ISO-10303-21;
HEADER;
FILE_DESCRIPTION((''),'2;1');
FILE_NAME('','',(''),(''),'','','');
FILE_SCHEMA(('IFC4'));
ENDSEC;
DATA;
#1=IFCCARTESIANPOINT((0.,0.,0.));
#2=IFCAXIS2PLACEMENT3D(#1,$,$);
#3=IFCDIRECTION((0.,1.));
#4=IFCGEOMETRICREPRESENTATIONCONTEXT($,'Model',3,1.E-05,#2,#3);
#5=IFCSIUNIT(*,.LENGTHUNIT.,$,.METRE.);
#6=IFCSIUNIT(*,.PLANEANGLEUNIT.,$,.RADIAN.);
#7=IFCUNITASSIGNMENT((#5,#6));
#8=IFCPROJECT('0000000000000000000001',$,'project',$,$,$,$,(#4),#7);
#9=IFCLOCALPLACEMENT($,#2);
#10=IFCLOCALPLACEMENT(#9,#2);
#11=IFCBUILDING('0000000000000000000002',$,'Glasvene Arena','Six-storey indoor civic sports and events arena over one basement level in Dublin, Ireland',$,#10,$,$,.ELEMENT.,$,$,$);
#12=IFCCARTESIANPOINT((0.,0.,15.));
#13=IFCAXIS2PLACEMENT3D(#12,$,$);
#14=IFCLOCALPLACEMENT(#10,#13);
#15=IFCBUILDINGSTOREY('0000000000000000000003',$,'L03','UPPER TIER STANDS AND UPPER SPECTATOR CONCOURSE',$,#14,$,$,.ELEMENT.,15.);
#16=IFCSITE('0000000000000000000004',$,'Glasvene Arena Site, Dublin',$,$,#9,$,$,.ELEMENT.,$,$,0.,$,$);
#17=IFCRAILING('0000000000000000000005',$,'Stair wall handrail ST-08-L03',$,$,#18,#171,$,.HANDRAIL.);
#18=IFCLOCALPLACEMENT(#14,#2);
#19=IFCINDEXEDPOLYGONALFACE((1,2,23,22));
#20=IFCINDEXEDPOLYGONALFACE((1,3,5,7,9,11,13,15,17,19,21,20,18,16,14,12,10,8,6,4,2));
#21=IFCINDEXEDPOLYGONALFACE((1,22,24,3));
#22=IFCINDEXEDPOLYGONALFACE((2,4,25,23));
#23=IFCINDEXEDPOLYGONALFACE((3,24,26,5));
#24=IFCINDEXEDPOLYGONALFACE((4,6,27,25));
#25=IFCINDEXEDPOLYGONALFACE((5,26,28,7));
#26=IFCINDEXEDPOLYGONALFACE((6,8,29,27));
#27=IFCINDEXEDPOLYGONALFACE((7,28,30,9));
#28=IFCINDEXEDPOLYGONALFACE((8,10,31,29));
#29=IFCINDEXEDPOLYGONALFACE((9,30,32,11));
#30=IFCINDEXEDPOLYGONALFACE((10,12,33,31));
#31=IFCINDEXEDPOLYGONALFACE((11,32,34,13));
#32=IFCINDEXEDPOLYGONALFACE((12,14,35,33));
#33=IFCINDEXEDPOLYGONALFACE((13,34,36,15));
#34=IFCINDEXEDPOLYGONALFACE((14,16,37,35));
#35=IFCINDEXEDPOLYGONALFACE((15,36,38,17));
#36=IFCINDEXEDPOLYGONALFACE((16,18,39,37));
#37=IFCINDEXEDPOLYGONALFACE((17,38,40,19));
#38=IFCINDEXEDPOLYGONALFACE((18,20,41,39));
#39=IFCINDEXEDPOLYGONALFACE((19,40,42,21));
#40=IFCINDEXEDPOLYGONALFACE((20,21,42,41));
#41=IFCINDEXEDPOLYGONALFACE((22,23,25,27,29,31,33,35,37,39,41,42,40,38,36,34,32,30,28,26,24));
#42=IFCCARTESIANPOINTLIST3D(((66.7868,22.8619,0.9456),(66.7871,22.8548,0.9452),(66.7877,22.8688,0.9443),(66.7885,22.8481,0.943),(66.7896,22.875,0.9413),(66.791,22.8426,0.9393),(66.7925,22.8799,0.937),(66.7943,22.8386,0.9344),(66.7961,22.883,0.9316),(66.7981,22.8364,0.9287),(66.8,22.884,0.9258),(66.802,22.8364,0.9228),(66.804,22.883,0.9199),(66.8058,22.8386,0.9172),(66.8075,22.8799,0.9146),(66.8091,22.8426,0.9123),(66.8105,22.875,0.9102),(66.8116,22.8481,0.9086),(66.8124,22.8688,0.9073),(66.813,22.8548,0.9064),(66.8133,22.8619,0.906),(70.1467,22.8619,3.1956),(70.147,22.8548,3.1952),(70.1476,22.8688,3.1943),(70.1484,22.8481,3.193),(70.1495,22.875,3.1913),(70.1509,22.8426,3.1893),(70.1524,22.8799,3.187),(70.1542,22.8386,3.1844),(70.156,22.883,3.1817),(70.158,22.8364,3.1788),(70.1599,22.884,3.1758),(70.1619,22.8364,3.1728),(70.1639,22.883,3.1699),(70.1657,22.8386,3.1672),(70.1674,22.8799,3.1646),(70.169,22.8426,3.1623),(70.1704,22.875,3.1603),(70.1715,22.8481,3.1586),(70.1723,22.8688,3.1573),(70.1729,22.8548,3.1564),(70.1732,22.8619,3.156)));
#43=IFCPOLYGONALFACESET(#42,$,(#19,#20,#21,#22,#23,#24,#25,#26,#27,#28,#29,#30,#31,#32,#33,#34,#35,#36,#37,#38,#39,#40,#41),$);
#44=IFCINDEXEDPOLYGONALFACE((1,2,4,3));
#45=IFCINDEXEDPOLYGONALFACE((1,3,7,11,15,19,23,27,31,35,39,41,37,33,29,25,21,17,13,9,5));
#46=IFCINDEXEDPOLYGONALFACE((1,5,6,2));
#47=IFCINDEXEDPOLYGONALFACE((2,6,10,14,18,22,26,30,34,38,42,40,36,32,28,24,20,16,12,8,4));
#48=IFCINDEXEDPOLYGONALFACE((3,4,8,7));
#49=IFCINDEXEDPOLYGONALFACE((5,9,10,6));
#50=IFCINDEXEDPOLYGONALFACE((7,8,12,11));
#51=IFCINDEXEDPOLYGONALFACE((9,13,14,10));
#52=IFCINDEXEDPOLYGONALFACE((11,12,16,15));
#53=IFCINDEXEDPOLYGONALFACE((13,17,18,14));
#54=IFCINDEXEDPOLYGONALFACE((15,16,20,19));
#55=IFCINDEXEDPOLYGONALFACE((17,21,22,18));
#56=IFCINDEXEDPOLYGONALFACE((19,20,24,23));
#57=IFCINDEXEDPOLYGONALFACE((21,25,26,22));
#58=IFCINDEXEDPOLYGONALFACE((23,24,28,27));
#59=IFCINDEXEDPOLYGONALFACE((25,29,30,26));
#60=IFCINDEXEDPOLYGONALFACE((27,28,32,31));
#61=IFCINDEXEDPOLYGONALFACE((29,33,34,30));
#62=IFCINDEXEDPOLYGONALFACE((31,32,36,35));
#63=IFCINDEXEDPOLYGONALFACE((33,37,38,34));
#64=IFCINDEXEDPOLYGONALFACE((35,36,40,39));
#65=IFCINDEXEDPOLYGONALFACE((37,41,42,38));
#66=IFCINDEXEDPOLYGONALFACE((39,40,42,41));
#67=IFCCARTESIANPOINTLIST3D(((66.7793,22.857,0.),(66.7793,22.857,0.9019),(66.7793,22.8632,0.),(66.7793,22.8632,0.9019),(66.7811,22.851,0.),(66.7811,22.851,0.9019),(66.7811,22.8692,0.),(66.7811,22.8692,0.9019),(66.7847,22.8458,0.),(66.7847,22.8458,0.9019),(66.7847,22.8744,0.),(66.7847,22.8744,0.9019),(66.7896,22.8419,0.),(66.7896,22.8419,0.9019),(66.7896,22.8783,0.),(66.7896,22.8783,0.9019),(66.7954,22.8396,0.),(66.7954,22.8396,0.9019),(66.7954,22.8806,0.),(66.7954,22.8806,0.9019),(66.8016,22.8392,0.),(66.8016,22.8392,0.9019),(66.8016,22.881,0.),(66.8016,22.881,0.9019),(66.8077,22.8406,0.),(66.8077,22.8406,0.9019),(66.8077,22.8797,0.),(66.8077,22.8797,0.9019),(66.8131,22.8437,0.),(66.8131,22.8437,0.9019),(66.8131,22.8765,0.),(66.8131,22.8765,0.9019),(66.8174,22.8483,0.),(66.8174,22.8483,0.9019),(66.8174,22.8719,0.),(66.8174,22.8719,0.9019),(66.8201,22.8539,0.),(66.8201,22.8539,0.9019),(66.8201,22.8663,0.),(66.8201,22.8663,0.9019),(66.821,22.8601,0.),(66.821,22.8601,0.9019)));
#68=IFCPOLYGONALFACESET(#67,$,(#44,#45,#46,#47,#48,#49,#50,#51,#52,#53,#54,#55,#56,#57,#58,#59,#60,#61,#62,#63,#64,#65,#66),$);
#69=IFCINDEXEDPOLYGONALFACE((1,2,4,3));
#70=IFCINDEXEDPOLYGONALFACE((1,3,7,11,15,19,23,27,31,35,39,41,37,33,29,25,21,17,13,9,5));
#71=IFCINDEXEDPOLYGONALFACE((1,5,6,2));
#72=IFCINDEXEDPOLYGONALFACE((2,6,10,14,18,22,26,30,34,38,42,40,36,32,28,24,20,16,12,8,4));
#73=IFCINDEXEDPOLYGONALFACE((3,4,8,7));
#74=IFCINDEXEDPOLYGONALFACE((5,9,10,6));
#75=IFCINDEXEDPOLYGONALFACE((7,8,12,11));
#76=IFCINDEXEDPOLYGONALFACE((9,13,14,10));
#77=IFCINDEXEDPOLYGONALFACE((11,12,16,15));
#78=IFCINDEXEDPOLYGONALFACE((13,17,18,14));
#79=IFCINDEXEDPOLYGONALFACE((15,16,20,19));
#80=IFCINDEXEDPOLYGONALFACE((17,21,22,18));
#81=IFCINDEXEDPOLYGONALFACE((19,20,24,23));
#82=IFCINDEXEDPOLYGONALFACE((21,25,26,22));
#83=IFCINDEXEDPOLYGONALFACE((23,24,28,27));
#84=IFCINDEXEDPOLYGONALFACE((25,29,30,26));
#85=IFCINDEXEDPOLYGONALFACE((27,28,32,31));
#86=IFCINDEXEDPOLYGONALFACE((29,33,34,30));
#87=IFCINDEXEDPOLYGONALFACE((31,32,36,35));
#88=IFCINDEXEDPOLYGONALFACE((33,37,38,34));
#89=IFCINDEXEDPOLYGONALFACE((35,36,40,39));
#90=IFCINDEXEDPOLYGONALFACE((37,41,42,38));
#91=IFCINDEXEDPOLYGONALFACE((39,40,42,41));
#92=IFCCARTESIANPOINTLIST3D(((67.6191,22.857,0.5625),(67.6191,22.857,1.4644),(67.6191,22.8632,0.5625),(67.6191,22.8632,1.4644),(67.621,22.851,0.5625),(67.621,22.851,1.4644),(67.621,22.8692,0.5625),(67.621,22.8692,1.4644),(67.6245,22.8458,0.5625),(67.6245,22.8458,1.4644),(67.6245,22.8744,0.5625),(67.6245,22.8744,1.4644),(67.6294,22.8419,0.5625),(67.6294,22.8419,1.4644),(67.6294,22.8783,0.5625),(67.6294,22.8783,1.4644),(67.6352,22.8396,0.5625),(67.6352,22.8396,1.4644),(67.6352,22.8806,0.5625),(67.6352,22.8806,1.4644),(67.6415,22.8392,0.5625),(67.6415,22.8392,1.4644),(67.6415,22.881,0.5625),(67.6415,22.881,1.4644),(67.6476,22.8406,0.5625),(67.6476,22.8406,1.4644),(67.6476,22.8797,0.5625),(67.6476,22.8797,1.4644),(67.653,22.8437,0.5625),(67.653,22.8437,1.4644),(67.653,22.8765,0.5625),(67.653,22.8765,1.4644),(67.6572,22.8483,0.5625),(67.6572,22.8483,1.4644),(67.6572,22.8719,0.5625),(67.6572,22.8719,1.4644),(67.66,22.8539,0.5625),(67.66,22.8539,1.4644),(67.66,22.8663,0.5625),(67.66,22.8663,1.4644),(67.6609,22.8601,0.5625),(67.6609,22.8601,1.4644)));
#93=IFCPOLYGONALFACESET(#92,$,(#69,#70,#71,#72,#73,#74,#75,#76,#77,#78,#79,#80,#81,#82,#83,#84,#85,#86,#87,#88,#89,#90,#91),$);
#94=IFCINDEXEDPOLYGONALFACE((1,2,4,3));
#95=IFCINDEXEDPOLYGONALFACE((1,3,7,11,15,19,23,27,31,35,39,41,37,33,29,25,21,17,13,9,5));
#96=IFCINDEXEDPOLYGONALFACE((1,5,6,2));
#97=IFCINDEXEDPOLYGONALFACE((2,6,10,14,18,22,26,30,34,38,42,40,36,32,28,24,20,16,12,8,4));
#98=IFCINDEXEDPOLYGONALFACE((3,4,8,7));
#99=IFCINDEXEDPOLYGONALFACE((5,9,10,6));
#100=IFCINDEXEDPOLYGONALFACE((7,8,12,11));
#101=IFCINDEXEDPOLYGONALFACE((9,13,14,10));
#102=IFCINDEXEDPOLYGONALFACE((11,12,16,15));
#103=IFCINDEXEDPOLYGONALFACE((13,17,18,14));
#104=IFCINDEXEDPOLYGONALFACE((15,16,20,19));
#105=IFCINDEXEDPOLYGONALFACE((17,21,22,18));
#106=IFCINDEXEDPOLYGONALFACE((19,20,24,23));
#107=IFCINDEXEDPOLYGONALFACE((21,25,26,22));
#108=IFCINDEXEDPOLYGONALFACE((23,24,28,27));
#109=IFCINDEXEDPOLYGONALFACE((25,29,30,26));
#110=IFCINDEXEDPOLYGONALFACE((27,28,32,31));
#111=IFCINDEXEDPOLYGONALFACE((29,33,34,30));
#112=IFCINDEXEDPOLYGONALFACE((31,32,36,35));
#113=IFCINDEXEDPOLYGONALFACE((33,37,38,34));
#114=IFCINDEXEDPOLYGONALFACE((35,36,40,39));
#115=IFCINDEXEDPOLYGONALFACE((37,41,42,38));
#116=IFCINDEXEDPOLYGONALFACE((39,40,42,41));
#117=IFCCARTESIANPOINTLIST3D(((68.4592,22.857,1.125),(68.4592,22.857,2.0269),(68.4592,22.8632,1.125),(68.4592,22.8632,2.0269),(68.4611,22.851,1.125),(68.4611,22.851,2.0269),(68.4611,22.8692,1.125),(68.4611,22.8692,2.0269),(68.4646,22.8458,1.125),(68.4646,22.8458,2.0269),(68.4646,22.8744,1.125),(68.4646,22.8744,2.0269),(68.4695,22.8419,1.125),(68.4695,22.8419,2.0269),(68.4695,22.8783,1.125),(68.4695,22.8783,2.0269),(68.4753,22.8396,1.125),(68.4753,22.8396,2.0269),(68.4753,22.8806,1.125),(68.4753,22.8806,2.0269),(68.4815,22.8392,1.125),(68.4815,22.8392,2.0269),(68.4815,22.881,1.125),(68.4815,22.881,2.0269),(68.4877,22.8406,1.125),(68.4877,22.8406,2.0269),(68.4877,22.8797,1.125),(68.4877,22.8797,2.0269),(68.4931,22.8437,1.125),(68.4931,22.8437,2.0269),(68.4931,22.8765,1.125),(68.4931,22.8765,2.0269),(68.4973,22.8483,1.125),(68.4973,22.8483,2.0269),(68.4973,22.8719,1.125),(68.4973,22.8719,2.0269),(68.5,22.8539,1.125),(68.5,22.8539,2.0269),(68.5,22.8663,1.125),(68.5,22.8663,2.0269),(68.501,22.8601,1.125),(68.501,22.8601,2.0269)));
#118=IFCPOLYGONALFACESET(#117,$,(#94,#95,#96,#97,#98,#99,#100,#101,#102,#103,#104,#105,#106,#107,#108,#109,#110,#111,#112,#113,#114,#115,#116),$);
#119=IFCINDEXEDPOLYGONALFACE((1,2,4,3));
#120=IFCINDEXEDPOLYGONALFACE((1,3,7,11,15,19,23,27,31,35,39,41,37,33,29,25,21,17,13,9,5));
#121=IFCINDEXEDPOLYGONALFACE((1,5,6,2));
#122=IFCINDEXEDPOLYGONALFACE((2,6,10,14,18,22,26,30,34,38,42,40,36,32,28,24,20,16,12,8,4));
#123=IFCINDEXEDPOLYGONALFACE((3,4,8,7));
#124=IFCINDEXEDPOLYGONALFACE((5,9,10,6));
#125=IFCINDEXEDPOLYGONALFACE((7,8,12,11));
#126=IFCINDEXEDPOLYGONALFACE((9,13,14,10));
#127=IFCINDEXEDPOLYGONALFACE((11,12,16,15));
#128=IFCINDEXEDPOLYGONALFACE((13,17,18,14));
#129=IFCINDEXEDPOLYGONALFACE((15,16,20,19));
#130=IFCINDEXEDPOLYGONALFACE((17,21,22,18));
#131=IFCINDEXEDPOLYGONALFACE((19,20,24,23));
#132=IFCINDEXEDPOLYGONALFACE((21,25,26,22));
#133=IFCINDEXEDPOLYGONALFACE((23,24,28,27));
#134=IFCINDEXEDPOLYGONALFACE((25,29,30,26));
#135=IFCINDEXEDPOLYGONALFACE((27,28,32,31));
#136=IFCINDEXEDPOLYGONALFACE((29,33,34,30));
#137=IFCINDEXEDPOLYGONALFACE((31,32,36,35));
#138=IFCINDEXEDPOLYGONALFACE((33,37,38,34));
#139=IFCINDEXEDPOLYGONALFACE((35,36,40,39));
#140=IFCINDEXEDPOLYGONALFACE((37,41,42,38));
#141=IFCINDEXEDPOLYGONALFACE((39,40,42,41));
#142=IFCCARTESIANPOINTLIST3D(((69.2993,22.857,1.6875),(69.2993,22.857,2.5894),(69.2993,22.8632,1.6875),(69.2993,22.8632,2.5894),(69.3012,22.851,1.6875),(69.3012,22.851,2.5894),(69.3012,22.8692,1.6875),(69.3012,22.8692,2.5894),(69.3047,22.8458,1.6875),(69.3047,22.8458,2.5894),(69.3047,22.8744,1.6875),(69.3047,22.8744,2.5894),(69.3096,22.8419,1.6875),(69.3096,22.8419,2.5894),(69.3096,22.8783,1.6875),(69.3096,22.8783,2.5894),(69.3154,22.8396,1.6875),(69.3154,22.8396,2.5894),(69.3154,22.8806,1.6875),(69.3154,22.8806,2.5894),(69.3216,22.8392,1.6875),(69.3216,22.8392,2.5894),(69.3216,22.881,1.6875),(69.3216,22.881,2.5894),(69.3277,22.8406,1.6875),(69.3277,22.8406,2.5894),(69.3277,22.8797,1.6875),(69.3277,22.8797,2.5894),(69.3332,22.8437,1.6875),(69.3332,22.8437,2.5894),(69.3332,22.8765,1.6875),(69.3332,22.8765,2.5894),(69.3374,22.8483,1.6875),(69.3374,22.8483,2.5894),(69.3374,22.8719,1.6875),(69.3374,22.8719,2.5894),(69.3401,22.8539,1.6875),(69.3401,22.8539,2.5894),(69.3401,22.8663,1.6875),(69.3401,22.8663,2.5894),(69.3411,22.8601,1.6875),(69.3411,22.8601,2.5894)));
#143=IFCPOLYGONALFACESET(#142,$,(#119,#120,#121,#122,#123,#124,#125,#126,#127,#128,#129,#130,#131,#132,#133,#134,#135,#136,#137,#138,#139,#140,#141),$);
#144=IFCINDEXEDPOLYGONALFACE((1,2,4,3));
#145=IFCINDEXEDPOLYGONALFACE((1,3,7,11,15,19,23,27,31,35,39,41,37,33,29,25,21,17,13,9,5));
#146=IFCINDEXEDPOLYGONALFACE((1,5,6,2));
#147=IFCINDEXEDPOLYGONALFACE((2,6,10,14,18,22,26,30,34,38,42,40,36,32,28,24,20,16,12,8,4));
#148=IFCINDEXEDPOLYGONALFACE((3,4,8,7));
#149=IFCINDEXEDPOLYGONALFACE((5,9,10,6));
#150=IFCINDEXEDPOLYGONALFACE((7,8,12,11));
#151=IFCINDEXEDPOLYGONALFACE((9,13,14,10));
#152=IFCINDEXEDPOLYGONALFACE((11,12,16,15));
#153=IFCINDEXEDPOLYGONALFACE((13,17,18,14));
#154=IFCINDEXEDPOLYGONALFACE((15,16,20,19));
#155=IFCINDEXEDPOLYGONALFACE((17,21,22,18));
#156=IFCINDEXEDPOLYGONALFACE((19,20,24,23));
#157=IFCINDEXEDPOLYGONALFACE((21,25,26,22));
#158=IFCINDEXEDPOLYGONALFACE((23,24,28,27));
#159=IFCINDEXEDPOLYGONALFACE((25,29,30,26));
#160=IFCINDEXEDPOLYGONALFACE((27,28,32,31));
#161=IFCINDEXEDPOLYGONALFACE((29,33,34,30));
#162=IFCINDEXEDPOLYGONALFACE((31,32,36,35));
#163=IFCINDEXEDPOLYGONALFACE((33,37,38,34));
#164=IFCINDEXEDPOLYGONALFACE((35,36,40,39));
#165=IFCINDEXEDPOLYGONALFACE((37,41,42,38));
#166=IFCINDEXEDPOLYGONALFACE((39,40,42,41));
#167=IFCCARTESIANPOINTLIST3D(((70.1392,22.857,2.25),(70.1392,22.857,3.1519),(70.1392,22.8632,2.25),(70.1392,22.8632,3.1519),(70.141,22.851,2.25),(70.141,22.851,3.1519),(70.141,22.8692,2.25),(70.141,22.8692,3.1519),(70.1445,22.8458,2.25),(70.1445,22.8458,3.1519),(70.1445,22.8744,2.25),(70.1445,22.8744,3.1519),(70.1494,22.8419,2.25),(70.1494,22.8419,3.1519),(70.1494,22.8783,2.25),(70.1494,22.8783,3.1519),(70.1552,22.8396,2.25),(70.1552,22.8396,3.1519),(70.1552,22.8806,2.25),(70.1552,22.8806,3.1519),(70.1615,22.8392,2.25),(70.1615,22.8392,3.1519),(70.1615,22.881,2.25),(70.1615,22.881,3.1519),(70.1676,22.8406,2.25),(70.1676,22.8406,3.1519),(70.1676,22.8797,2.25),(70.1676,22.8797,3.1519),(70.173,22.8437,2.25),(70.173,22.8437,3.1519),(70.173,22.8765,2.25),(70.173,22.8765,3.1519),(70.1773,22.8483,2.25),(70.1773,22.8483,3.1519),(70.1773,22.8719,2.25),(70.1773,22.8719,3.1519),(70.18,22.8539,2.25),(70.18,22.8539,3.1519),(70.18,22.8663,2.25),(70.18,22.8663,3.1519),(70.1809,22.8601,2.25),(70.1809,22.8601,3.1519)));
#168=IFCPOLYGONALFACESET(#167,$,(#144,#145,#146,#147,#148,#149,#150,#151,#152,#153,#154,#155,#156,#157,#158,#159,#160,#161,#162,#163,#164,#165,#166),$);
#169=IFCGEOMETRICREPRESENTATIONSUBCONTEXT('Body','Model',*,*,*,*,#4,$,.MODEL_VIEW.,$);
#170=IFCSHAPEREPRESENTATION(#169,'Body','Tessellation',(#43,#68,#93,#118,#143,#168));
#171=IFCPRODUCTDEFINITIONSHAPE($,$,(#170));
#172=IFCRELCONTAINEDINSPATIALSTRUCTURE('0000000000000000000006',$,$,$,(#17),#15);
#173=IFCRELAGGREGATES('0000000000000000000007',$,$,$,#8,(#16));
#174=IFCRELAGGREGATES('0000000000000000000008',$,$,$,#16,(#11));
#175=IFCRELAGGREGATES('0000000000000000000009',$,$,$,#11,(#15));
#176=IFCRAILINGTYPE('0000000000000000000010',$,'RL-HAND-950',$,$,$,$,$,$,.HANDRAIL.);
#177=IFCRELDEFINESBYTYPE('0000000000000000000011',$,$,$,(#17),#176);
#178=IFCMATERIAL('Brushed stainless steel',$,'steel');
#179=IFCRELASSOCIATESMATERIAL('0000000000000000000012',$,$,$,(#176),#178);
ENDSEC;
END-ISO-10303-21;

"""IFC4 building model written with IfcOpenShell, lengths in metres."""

from ifc_helpers import new_model, si_unit, direction, frame, origin, origin_2d, place, context, subcontext, project, spatial, circle, extrude, material, type_object, element, save


model = new_model("IFC4")

# Units and contexts
model_context = context("Model", 3, precision=1e-05, world=origin(), true_north=direction((0.0, 1.0)))
body_context = subcontext(model_context, "Body", "Model", "MODEL_VIEW")
ifc_project = project(units=[si_unit("LENGTHUNIT", "METRE"), si_unit("PLANEANGLEUNIT", "RADIAN")], contexts=[model_context])

# Site, building, storey
site_placement = place(None, origin())
site = spatial("IfcSite", under=ifc_project, at=site_placement, Name="Glasvene Arena Site, Dublin", CompositionType="ELEMENT", RefElevation=0.0)
building_placement = place(site_placement, origin())
building = spatial("IfcBuilding", under=site, at=building_placement, Name="Glasvene Arena", Description="Six-storey indoor civic sports and events arena over one basement level in Dublin, Ireland", CompositionType="ELEMENT")
storey_placement = place(building_placement, frame((0.0, 0.0, 15.0)))
storey = spatial("IfcBuildingStorey", under=building, at=storey_placement, Name="L03", Description="UPPER TIER STANDS AND UPPER SPECTATOR CONCOURSE", CompositionType="ELEMENT", Elevation=15.0)

# Railing
ifc_material_1 = material(Name="Brushed stainless steel", Category="steel")
railing_type_1 = type_object("IfcRailingType", Name="RL-HAND-950", PredefinedType="HANDRAIL", material=ifc_material_1)
railing_1_placement = place(storey_placement, frame((66.8, 22.8601, 0.0)))
element("IfcRailing", 1, at=railing_1_placement, inside=storey, type_object=railing_type_1, Name="Stair wall handrail ST-08-L03", PredefinedType="HANDRAIL", context=body_context, shape_type="SweptSolid", body=[
    extrude(circle(Radius=0.0239, at=origin_2d()), frame((0.0, 0.0, 0.9258), z_axis=(0.830897, 0.0, 0.556427), x_axis=(0.0, 1.0, 0.0)), (0.0, 0.0, 1.0), 4.0437),
    extrude(circle(Radius=0.021, at=origin_2d()), origin(), (0.0, 0.0, 1.0), 0.9019),
    extrude(circle(Radius=0.021, at=origin_2d()), frame((0.8398, 0.0, 0.5625)), (0.0, 0.0, 1.0), 0.9019),
    extrude(circle(Radius=0.021, at=origin_2d()), frame((1.6799, 0.0, 1.125)), (0.0, 0.0, 1.0), 0.9019),
    extrude(circle(Radius=0.021, at=origin_2d()), frame((2.52, 0.0, 1.6875)), (0.0, 0.0, 1.0), 0.9019),
    extrude(circle(Radius=0.021, at=origin_2d()), frame((3.3599, 0.0, 2.25)), (0.0, 0.0, 1.0), 0.9019),
])

save(model, "model.ifc")
